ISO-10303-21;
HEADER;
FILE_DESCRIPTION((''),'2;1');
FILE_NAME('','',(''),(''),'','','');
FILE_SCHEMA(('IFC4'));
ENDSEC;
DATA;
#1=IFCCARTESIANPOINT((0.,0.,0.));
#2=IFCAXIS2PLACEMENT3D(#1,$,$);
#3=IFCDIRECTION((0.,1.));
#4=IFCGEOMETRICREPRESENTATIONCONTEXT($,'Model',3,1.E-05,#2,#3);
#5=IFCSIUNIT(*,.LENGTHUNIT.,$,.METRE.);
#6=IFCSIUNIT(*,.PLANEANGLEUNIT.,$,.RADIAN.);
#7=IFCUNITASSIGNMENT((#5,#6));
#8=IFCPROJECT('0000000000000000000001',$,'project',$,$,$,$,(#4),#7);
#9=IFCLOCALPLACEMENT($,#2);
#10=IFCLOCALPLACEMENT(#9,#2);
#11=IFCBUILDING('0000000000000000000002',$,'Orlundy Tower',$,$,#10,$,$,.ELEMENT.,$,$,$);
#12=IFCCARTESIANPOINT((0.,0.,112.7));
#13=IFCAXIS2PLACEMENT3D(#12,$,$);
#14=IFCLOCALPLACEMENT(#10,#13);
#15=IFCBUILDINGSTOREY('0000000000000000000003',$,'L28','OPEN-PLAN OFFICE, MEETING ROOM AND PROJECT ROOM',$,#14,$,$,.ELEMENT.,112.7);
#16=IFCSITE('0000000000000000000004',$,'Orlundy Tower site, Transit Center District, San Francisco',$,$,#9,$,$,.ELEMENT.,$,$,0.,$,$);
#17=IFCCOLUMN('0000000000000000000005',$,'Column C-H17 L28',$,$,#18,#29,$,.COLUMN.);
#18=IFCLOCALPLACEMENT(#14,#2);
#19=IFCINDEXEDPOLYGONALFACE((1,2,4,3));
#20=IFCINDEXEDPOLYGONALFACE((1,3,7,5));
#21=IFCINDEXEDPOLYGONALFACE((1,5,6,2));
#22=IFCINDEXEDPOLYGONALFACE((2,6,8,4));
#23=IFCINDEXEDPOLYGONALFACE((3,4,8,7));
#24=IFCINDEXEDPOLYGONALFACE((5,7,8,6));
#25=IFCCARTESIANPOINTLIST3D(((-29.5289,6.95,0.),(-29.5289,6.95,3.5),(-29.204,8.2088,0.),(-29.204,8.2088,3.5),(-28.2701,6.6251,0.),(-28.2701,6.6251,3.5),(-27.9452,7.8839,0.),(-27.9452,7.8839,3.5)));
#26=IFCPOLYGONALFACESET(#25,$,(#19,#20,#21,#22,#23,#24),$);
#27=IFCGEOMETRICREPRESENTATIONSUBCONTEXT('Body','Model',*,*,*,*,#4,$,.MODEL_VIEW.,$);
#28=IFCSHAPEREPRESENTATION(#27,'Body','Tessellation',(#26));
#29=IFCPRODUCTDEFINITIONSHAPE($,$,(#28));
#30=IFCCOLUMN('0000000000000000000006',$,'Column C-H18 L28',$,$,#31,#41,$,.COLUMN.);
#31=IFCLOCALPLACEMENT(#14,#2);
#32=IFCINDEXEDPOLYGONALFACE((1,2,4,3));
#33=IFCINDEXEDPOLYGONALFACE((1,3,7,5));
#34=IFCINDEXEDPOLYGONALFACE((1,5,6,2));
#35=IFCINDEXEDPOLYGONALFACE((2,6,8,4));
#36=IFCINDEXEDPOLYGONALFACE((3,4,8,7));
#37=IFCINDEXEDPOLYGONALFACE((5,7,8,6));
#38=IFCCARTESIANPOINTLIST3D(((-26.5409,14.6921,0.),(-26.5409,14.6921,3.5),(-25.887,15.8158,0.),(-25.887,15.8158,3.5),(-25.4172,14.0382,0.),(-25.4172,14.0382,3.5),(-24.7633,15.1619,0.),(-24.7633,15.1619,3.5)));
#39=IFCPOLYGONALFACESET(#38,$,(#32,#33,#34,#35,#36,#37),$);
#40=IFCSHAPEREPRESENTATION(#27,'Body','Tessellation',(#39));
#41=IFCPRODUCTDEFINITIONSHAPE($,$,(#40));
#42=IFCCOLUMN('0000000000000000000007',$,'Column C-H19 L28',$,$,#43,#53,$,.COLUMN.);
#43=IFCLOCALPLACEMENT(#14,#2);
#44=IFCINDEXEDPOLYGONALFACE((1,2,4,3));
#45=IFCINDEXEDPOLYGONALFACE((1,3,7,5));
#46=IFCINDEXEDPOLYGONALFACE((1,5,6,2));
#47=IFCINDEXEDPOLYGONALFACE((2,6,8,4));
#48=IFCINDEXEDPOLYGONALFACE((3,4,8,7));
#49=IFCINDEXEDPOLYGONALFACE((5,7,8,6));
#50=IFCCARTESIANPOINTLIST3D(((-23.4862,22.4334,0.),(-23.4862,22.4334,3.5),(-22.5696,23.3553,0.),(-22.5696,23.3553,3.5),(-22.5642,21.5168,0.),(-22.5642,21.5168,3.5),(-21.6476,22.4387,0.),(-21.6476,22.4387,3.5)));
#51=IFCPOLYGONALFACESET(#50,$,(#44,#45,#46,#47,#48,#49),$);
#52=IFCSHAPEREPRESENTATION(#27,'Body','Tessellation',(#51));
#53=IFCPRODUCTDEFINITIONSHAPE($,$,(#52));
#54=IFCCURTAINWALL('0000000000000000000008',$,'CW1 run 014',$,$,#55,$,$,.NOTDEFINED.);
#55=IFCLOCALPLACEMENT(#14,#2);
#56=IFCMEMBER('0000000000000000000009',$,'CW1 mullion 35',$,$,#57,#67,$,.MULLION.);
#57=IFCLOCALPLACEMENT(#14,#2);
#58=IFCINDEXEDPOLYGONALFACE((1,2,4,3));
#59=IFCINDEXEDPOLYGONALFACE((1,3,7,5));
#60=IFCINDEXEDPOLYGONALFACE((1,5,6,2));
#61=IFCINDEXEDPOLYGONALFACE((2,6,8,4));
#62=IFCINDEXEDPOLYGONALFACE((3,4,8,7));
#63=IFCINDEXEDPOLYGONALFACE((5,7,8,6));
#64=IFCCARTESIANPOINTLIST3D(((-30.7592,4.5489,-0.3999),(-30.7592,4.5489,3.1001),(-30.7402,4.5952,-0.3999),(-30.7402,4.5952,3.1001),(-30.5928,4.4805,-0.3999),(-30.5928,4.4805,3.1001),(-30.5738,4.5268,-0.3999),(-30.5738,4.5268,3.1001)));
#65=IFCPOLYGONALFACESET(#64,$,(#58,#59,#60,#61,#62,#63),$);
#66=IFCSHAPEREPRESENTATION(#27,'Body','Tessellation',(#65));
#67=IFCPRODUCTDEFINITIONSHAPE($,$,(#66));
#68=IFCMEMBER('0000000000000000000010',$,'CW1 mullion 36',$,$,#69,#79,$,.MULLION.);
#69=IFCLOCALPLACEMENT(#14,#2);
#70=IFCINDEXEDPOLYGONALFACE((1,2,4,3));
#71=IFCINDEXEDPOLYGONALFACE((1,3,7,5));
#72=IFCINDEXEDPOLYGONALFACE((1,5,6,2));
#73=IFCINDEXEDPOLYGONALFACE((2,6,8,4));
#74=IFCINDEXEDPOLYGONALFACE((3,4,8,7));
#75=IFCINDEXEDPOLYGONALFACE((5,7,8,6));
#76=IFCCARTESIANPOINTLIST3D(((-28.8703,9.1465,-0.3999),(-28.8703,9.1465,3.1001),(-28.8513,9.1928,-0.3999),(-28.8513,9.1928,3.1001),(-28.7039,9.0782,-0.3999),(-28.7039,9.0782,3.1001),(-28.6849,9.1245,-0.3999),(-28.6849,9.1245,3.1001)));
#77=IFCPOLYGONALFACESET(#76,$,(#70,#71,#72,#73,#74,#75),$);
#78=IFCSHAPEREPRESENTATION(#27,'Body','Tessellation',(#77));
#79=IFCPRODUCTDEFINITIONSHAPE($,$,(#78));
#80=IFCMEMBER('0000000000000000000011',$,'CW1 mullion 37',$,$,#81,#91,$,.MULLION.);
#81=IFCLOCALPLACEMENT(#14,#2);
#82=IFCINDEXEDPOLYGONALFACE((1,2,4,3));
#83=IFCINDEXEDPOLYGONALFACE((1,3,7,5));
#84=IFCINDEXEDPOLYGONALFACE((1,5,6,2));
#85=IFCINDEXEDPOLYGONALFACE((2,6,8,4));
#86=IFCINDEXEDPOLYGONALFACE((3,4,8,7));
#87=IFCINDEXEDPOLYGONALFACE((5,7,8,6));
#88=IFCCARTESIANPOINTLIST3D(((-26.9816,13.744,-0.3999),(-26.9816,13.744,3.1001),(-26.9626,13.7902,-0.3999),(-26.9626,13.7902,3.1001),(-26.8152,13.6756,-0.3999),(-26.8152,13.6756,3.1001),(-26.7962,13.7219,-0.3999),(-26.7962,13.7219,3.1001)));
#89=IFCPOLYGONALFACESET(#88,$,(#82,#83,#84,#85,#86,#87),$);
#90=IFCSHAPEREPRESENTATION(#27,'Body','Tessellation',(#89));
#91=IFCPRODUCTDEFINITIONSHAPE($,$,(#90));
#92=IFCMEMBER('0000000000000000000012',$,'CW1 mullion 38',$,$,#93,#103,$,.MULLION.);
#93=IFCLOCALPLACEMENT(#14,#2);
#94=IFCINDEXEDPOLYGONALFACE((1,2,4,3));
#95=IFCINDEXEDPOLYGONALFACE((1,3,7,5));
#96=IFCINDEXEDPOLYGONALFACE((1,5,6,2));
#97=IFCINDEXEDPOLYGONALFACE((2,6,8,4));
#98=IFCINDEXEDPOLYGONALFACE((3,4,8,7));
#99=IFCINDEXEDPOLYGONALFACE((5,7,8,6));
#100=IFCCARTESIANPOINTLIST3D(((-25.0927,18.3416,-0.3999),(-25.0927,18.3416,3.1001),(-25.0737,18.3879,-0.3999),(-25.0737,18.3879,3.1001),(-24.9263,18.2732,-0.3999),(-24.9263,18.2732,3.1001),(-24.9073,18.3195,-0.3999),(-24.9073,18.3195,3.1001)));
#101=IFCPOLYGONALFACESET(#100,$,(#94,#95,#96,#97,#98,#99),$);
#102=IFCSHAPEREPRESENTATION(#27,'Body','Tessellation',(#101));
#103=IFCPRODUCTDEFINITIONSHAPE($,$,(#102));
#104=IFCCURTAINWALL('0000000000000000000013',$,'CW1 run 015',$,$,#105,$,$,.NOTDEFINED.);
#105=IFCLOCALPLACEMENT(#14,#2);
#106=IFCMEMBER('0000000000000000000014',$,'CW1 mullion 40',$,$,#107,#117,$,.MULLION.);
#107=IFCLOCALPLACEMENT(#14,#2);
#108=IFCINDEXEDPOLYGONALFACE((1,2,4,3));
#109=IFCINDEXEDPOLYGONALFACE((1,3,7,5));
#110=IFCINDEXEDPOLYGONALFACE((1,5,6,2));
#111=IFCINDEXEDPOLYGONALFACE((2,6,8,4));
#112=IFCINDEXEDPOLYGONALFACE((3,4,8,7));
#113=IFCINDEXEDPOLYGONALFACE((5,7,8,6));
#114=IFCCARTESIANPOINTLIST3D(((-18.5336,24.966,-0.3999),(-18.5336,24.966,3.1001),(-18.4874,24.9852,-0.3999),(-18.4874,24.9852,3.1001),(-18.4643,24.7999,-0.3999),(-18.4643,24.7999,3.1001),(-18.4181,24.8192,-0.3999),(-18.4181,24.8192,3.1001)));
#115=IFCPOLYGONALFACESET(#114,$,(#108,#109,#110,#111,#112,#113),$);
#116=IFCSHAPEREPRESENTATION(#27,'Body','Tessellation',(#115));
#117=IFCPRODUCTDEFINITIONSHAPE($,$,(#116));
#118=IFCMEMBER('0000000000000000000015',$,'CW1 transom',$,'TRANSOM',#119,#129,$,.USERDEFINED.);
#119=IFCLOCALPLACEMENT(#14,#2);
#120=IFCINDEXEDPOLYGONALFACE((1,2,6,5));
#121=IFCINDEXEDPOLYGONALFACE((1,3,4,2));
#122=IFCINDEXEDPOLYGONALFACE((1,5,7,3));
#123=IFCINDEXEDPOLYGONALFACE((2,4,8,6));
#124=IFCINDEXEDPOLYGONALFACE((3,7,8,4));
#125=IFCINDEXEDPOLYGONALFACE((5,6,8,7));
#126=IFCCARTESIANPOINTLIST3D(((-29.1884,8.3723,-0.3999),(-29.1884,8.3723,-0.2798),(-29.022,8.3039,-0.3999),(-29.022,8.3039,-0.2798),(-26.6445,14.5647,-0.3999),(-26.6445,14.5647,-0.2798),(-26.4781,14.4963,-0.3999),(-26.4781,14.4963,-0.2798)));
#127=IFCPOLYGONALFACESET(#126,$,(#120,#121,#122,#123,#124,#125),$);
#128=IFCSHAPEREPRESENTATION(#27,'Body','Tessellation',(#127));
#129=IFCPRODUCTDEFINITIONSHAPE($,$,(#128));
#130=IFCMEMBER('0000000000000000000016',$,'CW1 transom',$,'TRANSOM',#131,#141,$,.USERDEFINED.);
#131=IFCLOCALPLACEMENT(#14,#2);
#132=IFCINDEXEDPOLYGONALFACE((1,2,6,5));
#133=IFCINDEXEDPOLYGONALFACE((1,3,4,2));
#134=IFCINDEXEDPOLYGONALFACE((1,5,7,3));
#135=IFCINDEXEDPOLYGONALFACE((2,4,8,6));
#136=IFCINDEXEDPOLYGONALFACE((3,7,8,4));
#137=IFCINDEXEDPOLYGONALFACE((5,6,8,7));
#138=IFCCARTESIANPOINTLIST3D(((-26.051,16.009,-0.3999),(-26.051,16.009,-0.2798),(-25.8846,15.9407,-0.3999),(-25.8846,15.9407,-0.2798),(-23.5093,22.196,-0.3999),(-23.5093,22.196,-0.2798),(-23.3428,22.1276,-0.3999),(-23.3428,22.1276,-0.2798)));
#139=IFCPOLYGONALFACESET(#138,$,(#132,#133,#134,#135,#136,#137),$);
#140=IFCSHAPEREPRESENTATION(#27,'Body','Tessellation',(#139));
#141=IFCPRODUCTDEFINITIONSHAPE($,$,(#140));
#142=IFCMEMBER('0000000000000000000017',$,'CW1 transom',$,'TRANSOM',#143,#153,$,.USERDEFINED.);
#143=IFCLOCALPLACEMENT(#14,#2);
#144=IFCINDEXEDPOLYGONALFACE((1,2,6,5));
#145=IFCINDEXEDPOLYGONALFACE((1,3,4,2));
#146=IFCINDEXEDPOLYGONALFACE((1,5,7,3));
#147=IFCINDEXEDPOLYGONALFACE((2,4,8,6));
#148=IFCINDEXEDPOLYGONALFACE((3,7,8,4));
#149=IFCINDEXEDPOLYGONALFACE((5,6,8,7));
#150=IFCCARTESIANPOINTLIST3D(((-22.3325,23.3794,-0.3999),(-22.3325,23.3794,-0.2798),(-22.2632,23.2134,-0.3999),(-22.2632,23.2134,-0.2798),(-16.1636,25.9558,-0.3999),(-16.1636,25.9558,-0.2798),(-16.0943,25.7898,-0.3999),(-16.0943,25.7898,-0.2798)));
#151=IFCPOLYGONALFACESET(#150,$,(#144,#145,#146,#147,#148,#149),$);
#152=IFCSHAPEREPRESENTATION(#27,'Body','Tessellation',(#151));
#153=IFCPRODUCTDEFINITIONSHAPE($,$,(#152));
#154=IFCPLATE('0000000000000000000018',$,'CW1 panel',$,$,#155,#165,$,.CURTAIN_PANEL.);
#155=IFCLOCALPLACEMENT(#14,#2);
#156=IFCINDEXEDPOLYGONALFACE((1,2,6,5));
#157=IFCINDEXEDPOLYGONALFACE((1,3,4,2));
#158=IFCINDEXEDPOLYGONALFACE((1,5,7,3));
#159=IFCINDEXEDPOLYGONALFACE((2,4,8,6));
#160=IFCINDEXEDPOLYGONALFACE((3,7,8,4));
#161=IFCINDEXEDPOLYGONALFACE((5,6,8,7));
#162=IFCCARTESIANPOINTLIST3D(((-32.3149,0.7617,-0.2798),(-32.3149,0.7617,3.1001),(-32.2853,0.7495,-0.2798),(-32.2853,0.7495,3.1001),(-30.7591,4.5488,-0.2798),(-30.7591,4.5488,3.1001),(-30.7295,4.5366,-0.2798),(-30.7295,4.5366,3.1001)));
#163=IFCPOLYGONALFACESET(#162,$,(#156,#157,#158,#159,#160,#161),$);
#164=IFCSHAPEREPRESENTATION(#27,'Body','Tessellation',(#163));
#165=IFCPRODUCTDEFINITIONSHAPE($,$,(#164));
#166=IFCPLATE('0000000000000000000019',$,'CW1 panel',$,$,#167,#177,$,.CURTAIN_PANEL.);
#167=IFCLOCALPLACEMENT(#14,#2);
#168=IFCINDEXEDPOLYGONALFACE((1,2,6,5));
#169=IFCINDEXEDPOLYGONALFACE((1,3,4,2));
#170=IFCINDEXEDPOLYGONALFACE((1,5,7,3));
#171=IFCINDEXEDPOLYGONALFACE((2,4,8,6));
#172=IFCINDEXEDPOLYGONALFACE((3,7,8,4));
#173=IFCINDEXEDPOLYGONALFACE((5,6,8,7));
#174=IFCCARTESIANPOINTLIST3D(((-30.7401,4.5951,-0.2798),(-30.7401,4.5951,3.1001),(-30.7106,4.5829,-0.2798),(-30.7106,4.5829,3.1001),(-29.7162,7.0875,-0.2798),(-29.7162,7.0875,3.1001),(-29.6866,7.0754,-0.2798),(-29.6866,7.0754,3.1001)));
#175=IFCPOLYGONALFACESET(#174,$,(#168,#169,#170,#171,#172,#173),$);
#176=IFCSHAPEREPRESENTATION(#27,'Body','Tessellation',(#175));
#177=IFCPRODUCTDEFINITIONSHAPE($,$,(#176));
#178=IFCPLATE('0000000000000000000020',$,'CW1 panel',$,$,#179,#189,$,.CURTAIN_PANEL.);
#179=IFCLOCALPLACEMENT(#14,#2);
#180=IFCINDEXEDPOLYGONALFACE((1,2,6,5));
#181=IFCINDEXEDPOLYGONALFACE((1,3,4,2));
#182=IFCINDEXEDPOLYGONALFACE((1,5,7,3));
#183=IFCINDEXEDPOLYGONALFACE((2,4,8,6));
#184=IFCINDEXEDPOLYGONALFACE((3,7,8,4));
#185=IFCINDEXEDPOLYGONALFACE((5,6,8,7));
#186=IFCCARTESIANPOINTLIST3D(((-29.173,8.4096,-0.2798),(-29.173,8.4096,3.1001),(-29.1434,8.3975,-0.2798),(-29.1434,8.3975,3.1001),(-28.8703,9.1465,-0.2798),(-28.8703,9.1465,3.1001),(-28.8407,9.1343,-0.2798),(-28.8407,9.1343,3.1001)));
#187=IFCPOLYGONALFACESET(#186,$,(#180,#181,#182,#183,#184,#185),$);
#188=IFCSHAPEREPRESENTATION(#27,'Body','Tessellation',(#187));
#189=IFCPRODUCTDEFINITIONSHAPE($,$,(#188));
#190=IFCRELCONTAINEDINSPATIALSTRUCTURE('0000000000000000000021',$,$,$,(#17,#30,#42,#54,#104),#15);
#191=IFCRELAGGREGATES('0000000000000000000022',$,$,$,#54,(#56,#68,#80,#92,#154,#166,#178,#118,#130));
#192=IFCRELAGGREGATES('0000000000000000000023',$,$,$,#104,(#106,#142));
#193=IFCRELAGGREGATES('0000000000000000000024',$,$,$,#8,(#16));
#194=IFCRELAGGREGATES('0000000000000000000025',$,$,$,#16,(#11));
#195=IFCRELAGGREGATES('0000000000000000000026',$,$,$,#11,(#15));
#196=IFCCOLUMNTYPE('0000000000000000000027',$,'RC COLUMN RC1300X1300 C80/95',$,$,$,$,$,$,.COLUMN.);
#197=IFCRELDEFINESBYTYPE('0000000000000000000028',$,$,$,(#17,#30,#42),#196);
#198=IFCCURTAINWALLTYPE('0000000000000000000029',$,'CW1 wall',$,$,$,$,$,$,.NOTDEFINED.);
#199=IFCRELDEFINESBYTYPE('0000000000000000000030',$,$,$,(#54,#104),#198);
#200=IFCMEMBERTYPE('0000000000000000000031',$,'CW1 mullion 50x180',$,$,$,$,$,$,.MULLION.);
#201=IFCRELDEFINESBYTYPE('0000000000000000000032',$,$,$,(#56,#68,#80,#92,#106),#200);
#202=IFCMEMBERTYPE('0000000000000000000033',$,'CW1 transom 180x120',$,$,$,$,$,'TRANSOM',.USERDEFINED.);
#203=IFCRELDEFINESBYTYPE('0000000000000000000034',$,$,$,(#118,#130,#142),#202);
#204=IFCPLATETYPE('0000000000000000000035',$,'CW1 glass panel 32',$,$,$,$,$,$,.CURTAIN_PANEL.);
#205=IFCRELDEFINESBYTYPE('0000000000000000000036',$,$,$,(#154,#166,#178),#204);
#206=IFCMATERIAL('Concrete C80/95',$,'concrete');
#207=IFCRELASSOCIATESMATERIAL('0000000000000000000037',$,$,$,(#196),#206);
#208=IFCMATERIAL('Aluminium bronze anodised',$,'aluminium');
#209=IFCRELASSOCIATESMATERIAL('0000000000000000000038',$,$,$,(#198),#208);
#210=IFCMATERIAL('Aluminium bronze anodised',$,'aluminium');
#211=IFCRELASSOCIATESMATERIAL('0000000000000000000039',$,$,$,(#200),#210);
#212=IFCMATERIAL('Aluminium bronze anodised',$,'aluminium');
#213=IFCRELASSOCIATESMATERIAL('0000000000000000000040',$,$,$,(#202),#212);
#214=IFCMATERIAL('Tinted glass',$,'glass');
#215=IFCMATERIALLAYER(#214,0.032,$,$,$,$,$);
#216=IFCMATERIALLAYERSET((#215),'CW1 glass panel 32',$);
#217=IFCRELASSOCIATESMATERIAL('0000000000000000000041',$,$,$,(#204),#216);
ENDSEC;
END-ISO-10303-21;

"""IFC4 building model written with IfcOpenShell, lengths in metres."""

from ifc_helpers import new_model, si_unit, direction, frame, origin, origin_2d, place, context, subcontext, project, spatial, rectangle, extrude, material, layer, layer_set, material_profile, profile_set, type_object, element, aggregate, save


model = new_model("IFC4")

# Units and contexts
model_context = context("Model", 3, precision=1e-05, world=origin(), true_north=direction((0.0, 1.0)))
body_context = subcontext(model_context, "Body", "Model", "MODEL_VIEW")
ifc_project = project(units=[si_unit("LENGTHUNIT", "METRE"), si_unit("PLANEANGLEUNIT", "RADIAN")], contexts=[model_context])

# Site, building, storey
site_placement = place(None, origin())
site = spatial("IfcSite", under=ifc_project, at=site_placement, Name="Orlundy Tower site, Transit Center District, San Francisco", CompositionType="ELEMENT", RefElevation=0.0)
building_placement = place(site_placement, origin())
building = spatial("IfcBuilding", under=site, at=building_placement, Name="Orlundy Tower", CompositionType="ELEMENT")
storey_placement = place(building_placement, frame((0.0, 0.0, 112.7)))
storey = spatial("IfcBuildingStorey", under=building, at=storey_placement, Name="L28", Description="OPEN-PLAN OFFICE, MEETING ROOM AND PROJECT ROOM", CompositionType="ELEMENT", Elevation=112.7)

# Columns
ifc_material_1 = material(Name="Concrete C80/95", Category="concrete")
ifc_material_profile_1 = material_profile(ifc_material_1, rectangle(XDim=1.3, YDim=1.3, at=origin_2d()), Name="RC1300X1300")
ifc_profile_set_1 = profile_set([ifc_material_profile_1], Name="Concrete C80/95")
column_type = type_object("IfcColumnType", Name="RC COLUMN RC1300X1300 C80/95", PredefinedType="COLUMN", material=ifc_profile_set_1)
for number, where, z_axis, x_axis, name in (
    (1, (-28.7371, 7.417, 0.0), (0.0, 0.0, 1.0), (-0.96827, 0.249907, 0.0), "Column C-H17 L28"),
    (2, (-25.6521, 14.927, 0.0), (0.0, 0.0, 1.0), (-0.864319, 0.502945, 0.0), "Column C-H18 L28"),
    (3, (-22.5669, 22.436, 0.0), (0.0, 0.0, 1.0), (-0.709165, 0.705043, 0.0), "Column C-H19 L28"),
):
    element("IfcColumn", number, at=place(storey_placement, frame(where, z_axis=z_axis, x_axis=x_axis)), inside=storey, type_object=column_type, Name=name, PredefinedType="COLUMN", context=body_context, shape_type="SweptSolid", body=[
        extrude(rectangle(XDim=1.3, YDim=1.3, at=origin_2d()), origin(), (0.0, 0.0, 1.0), 3.5),
    ])

# Curtain wall, members
ifc_material_2 = material(Name="Aluminium bronze anodised", Category="aluminium")
curtain_wall_type = type_object("IfcCurtainWallType", Name="CW1 wall", PredefinedType="NOTDEFINED", material=ifc_material_2)
curtain_wall_1_placement = place(storey_placement, origin())
curtain_wall_1 = element("IfcCurtainWall", 4, at=curtain_wall_1_placement, inside=storey, type_object=curtain_wall_type, Name="CW1 run 014", PredefinedType="NOTDEFINED")
ifc_material_3 = material(Name="Aluminium bronze anodised", Category="aluminium")
ifc_material_profile_2 = material_profile(ifc_material_3, rectangle(XDim=0.1799, YDim=0.05, at=origin_2d()), Name="CW1 mullion 50x180")
ifc_profile_set_2 = profile_set([ifc_material_profile_2], Name="Aluminium bronze anodised")
member_type_1 = type_object("IfcMemberType", Name="CW1 mullion 50x180", PredefinedType="MULLION", material=ifc_profile_set_2)
member_1_placement = place(storey_placement, frame((-30.6665, 4.5378, -0.3999), z_axis=(0.0, 0.0, 1.0), x_axis=(-0.924984, 0.380005, 0.0)))
member_1 = element("IfcMember", 5, at=member_1_placement, type_object=member_type_1, Name="CW1 mullion 35", PredefinedType="MULLION", context=body_context, shape_type="SweptSolid", body=[
    extrude(rectangle(XDim=0.1799, YDim=0.05, at=origin_2d()), origin(), (0.0, 0.0, 1.0), 3.5),
])
member_2_placement = place(storey_placement, frame((-28.7776, 9.1355, -0.3999), z_axis=(0.0, 0.0, 1.0), x_axis=(-0.924984, 0.380005, 0.0)))
member_2 = element("IfcMember", 6, at=member_2_placement, type_object=member_type_1, Name="CW1 mullion 36", PredefinedType="MULLION", context=body_context, shape_type="SweptSolid", body=[
    extrude(rectangle(XDim=0.1799, YDim=0.05, at=origin_2d()), origin(), (0.0, 0.0, 1.0), 3.5),
])
member_3_placement = place(storey_placement, frame((-26.8889, 13.7329, -0.3999), z_axis=(0.0, 0.0, 1.0), x_axis=(-0.924984, 0.380005, 0.0)))
member_3 = element("IfcMember", 7, at=member_3_placement, type_object=member_type_1, Name="CW1 mullion 37", PredefinedType="MULLION", context=body_context, shape_type="SweptSolid", body=[
    extrude(rectangle(XDim=0.1799, YDim=0.05, at=origin_2d()), origin(), (0.0, 0.0, 1.0), 3.5),
])
member_4_placement = place(storey_placement, frame((-25.0, 18.3306, -0.3999), z_axis=(0.0, 0.0, 1.0), x_axis=(-0.924984, 0.380005, 0.0)))
member_4 = element("IfcMember", 8, at=member_4_placement, type_object=member_type_1, Name="CW1 mullion 38", PredefinedType="MULLION", context=body_context, shape_type="SweptSolid", body=[
    extrude(rectangle(XDim=0.1799, YDim=0.05, at=origin_2d()), origin(), (0.0, 0.0, 1.0), 3.5),
])

# Curtain wall, member
curtain_wall_2_placement = place(storey_placement, origin())
curtain_wall_2 = element("IfcCurtainWall", 9, at=curtain_wall_2_placement, inside=storey, type_object=curtain_wall_type, Name="CW1 run 015", PredefinedType="NOTDEFINED")
member_5_placement = place(storey_placement, frame((-18.4758, 24.8926, -0.3999), z_axis=(0.0, 0.0, 1.0), x_axis=(-0.385375, 0.92276, 0.0)))
member_5 = element("IfcMember", 10, at=member_5_placement, type_object=member_type_1, Name="CW1 mullion 40", PredefinedType="MULLION", context=body_context, shape_type="SweptSolid", body=[
    extrude(rectangle(XDim=0.1799, YDim=0.05, at=origin_2d()), origin(), (0.0, 0.0, 1.0), 3.5),
])

# Members
ifc_material_4 = material(Name="Aluminium bronze anodised", Category="aluminium")
ifc_material_profile_3 = material_profile(ifc_material_4, rectangle(XDim=0.1799, YDim=0.1201, at=origin_2d()), Name="CW1 transom 180x120")
ifc_profile_set_3 = profile_set([ifc_material_profile_3], Name="Aluminium bronze anodised")
member_type_2 = type_object("IfcMemberType", Name="CW1 transom 180x120", ElementType="TRANSOM", PredefinedType="USERDEFINED", material=ifc_profile_set_3)
member_6_placement = place(storey_placement, frame((-29.1052, 8.3381, -0.3398), z_axis=(0.380001, 0.924986, 0.0), x_axis=(-0.924986, 0.380001, 0.0)))
member_6 = element("IfcMember", 11, at=member_6_placement, type_object=member_type_2, Name="CW1 transom", ObjectType="TRANSOM", PredefinedType="USERDEFINED", context=body_context, shape_type="SweptSolid", body=[
    extrude(rectangle(XDim=0.1799, YDim=0.1201, at=origin_2d()), origin(), (0.0, 0.0, 1.0), 6.6946),
])
member_7_placement = place(storey_placement, frame((-25.9678, 15.9749, -0.3398), z_axis=(0.380003, 0.924985, 0.0), x_axis=(-0.924985, 0.380003, 0.0)))
member_7 = element("IfcMember", 12, at=member_7_placement, type_object=member_type_2, Name="CW1 transom", ObjectType="TRANSOM", PredefinedType="USERDEFINED", context=body_context, shape_type="SweptSolid", body=[
    extrude(rectangle(XDim=0.1799, YDim=0.1201, at=origin_2d()), origin(), (0.0, 0.0, 1.0), 6.6887),
])
member_8_placement = place(storey_placement, frame((-22.2979, 23.2964, -0.3398), z_axis=(0.922757, 0.385383, 0.0), x_axis=(-0.385383, 0.922757, 0.0)))
member_8 = element("IfcMember", 13, at=member_8_placement, type_object=member_type_2, Name="CW1 transom", ObjectType="TRANSOM", PredefinedType="USERDEFINED", context=body_context, shape_type="SweptSolid", body=[
    extrude(rectangle(XDim=0.1799, YDim=0.1201, at=origin_2d()), origin(), (0.0, 0.0, 1.0), 6.6853),
])

# Plates
ifc_material_5 = material(Name="Tinted glass", Category="glass")
ifc_layer_1 = layer(ifc_material_5, 0.032)
ifc_layer_set_1 = layer_set([ifc_layer_1], Name="CW1 glass panel 32")
plate_type = type_object("IfcPlateType", Name="CW1 glass panel 32", PredefinedType="CURTAIN_PANEL", material=ifc_layer_set_1)
plate_1_placement = place(storey_placement, frame((-31.5222, 2.6492, -0.2798), z_axis=(0.0, 0.0, 1.0), x_axis=(0.380005, 0.924984, 0.0)))
plate_1 = element("IfcPlate", 14, at=plate_1_placement, type_object=plate_type, Name="CW1 panel", PredefinedType="CURTAIN_PANEL", context=body_context, shape_type="SweptSolid", body=[
    extrude(rectangle(XDim=4.0942, YDim=0.032, at=origin_2d()), origin(), (0.0, 0.0, 1.0), 3.3799),
])
plate_2_placement = place(storey_placement, frame((-30.2134, 5.8352, -0.2798), z_axis=(0.0, 0.0, 1.0), x_axis=(0.380005, 0.924984, 0.0)))
plate_2 = element("IfcPlate", 15, at=plate_2_placement, type_object=plate_type, Name="CW1 panel", PredefinedType="CURTAIN_PANEL", context=body_context, shape_type="SweptSolid", body=[
    extrude(rectangle(XDim=2.6946, YDim=0.032, at=origin_2d()), origin(), (0.0, 0.0, 1.0), 3.3799),
])
plate_3_placement = place(storey_placement, frame((-29.0068, 8.772, -0.2798), z_axis=(0.0, 0.0, 1.0), x_axis=(0.380005, 0.924984, 0.0)))
plate_3 = element("IfcPlate", 16, at=plate_3_placement, type_object=plate_type, Name="CW1 panel", PredefinedType="CURTAIN_PANEL", context=body_context, shape_type="SweptSolid", body=[
    extrude(rectangle(XDim=0.7966, YDim=0.032, at=origin_2d()), origin(), (0.0, 0.0, 1.0), 3.3799),
])
aggregate(curtain_wall_1, [member_1, member_2, member_3, member_4, plate_1, plate_2, plate_3, member_6, member_7])
aggregate(curtain_wall_2, [member_5, member_8])

save(model, "model.ifc")
